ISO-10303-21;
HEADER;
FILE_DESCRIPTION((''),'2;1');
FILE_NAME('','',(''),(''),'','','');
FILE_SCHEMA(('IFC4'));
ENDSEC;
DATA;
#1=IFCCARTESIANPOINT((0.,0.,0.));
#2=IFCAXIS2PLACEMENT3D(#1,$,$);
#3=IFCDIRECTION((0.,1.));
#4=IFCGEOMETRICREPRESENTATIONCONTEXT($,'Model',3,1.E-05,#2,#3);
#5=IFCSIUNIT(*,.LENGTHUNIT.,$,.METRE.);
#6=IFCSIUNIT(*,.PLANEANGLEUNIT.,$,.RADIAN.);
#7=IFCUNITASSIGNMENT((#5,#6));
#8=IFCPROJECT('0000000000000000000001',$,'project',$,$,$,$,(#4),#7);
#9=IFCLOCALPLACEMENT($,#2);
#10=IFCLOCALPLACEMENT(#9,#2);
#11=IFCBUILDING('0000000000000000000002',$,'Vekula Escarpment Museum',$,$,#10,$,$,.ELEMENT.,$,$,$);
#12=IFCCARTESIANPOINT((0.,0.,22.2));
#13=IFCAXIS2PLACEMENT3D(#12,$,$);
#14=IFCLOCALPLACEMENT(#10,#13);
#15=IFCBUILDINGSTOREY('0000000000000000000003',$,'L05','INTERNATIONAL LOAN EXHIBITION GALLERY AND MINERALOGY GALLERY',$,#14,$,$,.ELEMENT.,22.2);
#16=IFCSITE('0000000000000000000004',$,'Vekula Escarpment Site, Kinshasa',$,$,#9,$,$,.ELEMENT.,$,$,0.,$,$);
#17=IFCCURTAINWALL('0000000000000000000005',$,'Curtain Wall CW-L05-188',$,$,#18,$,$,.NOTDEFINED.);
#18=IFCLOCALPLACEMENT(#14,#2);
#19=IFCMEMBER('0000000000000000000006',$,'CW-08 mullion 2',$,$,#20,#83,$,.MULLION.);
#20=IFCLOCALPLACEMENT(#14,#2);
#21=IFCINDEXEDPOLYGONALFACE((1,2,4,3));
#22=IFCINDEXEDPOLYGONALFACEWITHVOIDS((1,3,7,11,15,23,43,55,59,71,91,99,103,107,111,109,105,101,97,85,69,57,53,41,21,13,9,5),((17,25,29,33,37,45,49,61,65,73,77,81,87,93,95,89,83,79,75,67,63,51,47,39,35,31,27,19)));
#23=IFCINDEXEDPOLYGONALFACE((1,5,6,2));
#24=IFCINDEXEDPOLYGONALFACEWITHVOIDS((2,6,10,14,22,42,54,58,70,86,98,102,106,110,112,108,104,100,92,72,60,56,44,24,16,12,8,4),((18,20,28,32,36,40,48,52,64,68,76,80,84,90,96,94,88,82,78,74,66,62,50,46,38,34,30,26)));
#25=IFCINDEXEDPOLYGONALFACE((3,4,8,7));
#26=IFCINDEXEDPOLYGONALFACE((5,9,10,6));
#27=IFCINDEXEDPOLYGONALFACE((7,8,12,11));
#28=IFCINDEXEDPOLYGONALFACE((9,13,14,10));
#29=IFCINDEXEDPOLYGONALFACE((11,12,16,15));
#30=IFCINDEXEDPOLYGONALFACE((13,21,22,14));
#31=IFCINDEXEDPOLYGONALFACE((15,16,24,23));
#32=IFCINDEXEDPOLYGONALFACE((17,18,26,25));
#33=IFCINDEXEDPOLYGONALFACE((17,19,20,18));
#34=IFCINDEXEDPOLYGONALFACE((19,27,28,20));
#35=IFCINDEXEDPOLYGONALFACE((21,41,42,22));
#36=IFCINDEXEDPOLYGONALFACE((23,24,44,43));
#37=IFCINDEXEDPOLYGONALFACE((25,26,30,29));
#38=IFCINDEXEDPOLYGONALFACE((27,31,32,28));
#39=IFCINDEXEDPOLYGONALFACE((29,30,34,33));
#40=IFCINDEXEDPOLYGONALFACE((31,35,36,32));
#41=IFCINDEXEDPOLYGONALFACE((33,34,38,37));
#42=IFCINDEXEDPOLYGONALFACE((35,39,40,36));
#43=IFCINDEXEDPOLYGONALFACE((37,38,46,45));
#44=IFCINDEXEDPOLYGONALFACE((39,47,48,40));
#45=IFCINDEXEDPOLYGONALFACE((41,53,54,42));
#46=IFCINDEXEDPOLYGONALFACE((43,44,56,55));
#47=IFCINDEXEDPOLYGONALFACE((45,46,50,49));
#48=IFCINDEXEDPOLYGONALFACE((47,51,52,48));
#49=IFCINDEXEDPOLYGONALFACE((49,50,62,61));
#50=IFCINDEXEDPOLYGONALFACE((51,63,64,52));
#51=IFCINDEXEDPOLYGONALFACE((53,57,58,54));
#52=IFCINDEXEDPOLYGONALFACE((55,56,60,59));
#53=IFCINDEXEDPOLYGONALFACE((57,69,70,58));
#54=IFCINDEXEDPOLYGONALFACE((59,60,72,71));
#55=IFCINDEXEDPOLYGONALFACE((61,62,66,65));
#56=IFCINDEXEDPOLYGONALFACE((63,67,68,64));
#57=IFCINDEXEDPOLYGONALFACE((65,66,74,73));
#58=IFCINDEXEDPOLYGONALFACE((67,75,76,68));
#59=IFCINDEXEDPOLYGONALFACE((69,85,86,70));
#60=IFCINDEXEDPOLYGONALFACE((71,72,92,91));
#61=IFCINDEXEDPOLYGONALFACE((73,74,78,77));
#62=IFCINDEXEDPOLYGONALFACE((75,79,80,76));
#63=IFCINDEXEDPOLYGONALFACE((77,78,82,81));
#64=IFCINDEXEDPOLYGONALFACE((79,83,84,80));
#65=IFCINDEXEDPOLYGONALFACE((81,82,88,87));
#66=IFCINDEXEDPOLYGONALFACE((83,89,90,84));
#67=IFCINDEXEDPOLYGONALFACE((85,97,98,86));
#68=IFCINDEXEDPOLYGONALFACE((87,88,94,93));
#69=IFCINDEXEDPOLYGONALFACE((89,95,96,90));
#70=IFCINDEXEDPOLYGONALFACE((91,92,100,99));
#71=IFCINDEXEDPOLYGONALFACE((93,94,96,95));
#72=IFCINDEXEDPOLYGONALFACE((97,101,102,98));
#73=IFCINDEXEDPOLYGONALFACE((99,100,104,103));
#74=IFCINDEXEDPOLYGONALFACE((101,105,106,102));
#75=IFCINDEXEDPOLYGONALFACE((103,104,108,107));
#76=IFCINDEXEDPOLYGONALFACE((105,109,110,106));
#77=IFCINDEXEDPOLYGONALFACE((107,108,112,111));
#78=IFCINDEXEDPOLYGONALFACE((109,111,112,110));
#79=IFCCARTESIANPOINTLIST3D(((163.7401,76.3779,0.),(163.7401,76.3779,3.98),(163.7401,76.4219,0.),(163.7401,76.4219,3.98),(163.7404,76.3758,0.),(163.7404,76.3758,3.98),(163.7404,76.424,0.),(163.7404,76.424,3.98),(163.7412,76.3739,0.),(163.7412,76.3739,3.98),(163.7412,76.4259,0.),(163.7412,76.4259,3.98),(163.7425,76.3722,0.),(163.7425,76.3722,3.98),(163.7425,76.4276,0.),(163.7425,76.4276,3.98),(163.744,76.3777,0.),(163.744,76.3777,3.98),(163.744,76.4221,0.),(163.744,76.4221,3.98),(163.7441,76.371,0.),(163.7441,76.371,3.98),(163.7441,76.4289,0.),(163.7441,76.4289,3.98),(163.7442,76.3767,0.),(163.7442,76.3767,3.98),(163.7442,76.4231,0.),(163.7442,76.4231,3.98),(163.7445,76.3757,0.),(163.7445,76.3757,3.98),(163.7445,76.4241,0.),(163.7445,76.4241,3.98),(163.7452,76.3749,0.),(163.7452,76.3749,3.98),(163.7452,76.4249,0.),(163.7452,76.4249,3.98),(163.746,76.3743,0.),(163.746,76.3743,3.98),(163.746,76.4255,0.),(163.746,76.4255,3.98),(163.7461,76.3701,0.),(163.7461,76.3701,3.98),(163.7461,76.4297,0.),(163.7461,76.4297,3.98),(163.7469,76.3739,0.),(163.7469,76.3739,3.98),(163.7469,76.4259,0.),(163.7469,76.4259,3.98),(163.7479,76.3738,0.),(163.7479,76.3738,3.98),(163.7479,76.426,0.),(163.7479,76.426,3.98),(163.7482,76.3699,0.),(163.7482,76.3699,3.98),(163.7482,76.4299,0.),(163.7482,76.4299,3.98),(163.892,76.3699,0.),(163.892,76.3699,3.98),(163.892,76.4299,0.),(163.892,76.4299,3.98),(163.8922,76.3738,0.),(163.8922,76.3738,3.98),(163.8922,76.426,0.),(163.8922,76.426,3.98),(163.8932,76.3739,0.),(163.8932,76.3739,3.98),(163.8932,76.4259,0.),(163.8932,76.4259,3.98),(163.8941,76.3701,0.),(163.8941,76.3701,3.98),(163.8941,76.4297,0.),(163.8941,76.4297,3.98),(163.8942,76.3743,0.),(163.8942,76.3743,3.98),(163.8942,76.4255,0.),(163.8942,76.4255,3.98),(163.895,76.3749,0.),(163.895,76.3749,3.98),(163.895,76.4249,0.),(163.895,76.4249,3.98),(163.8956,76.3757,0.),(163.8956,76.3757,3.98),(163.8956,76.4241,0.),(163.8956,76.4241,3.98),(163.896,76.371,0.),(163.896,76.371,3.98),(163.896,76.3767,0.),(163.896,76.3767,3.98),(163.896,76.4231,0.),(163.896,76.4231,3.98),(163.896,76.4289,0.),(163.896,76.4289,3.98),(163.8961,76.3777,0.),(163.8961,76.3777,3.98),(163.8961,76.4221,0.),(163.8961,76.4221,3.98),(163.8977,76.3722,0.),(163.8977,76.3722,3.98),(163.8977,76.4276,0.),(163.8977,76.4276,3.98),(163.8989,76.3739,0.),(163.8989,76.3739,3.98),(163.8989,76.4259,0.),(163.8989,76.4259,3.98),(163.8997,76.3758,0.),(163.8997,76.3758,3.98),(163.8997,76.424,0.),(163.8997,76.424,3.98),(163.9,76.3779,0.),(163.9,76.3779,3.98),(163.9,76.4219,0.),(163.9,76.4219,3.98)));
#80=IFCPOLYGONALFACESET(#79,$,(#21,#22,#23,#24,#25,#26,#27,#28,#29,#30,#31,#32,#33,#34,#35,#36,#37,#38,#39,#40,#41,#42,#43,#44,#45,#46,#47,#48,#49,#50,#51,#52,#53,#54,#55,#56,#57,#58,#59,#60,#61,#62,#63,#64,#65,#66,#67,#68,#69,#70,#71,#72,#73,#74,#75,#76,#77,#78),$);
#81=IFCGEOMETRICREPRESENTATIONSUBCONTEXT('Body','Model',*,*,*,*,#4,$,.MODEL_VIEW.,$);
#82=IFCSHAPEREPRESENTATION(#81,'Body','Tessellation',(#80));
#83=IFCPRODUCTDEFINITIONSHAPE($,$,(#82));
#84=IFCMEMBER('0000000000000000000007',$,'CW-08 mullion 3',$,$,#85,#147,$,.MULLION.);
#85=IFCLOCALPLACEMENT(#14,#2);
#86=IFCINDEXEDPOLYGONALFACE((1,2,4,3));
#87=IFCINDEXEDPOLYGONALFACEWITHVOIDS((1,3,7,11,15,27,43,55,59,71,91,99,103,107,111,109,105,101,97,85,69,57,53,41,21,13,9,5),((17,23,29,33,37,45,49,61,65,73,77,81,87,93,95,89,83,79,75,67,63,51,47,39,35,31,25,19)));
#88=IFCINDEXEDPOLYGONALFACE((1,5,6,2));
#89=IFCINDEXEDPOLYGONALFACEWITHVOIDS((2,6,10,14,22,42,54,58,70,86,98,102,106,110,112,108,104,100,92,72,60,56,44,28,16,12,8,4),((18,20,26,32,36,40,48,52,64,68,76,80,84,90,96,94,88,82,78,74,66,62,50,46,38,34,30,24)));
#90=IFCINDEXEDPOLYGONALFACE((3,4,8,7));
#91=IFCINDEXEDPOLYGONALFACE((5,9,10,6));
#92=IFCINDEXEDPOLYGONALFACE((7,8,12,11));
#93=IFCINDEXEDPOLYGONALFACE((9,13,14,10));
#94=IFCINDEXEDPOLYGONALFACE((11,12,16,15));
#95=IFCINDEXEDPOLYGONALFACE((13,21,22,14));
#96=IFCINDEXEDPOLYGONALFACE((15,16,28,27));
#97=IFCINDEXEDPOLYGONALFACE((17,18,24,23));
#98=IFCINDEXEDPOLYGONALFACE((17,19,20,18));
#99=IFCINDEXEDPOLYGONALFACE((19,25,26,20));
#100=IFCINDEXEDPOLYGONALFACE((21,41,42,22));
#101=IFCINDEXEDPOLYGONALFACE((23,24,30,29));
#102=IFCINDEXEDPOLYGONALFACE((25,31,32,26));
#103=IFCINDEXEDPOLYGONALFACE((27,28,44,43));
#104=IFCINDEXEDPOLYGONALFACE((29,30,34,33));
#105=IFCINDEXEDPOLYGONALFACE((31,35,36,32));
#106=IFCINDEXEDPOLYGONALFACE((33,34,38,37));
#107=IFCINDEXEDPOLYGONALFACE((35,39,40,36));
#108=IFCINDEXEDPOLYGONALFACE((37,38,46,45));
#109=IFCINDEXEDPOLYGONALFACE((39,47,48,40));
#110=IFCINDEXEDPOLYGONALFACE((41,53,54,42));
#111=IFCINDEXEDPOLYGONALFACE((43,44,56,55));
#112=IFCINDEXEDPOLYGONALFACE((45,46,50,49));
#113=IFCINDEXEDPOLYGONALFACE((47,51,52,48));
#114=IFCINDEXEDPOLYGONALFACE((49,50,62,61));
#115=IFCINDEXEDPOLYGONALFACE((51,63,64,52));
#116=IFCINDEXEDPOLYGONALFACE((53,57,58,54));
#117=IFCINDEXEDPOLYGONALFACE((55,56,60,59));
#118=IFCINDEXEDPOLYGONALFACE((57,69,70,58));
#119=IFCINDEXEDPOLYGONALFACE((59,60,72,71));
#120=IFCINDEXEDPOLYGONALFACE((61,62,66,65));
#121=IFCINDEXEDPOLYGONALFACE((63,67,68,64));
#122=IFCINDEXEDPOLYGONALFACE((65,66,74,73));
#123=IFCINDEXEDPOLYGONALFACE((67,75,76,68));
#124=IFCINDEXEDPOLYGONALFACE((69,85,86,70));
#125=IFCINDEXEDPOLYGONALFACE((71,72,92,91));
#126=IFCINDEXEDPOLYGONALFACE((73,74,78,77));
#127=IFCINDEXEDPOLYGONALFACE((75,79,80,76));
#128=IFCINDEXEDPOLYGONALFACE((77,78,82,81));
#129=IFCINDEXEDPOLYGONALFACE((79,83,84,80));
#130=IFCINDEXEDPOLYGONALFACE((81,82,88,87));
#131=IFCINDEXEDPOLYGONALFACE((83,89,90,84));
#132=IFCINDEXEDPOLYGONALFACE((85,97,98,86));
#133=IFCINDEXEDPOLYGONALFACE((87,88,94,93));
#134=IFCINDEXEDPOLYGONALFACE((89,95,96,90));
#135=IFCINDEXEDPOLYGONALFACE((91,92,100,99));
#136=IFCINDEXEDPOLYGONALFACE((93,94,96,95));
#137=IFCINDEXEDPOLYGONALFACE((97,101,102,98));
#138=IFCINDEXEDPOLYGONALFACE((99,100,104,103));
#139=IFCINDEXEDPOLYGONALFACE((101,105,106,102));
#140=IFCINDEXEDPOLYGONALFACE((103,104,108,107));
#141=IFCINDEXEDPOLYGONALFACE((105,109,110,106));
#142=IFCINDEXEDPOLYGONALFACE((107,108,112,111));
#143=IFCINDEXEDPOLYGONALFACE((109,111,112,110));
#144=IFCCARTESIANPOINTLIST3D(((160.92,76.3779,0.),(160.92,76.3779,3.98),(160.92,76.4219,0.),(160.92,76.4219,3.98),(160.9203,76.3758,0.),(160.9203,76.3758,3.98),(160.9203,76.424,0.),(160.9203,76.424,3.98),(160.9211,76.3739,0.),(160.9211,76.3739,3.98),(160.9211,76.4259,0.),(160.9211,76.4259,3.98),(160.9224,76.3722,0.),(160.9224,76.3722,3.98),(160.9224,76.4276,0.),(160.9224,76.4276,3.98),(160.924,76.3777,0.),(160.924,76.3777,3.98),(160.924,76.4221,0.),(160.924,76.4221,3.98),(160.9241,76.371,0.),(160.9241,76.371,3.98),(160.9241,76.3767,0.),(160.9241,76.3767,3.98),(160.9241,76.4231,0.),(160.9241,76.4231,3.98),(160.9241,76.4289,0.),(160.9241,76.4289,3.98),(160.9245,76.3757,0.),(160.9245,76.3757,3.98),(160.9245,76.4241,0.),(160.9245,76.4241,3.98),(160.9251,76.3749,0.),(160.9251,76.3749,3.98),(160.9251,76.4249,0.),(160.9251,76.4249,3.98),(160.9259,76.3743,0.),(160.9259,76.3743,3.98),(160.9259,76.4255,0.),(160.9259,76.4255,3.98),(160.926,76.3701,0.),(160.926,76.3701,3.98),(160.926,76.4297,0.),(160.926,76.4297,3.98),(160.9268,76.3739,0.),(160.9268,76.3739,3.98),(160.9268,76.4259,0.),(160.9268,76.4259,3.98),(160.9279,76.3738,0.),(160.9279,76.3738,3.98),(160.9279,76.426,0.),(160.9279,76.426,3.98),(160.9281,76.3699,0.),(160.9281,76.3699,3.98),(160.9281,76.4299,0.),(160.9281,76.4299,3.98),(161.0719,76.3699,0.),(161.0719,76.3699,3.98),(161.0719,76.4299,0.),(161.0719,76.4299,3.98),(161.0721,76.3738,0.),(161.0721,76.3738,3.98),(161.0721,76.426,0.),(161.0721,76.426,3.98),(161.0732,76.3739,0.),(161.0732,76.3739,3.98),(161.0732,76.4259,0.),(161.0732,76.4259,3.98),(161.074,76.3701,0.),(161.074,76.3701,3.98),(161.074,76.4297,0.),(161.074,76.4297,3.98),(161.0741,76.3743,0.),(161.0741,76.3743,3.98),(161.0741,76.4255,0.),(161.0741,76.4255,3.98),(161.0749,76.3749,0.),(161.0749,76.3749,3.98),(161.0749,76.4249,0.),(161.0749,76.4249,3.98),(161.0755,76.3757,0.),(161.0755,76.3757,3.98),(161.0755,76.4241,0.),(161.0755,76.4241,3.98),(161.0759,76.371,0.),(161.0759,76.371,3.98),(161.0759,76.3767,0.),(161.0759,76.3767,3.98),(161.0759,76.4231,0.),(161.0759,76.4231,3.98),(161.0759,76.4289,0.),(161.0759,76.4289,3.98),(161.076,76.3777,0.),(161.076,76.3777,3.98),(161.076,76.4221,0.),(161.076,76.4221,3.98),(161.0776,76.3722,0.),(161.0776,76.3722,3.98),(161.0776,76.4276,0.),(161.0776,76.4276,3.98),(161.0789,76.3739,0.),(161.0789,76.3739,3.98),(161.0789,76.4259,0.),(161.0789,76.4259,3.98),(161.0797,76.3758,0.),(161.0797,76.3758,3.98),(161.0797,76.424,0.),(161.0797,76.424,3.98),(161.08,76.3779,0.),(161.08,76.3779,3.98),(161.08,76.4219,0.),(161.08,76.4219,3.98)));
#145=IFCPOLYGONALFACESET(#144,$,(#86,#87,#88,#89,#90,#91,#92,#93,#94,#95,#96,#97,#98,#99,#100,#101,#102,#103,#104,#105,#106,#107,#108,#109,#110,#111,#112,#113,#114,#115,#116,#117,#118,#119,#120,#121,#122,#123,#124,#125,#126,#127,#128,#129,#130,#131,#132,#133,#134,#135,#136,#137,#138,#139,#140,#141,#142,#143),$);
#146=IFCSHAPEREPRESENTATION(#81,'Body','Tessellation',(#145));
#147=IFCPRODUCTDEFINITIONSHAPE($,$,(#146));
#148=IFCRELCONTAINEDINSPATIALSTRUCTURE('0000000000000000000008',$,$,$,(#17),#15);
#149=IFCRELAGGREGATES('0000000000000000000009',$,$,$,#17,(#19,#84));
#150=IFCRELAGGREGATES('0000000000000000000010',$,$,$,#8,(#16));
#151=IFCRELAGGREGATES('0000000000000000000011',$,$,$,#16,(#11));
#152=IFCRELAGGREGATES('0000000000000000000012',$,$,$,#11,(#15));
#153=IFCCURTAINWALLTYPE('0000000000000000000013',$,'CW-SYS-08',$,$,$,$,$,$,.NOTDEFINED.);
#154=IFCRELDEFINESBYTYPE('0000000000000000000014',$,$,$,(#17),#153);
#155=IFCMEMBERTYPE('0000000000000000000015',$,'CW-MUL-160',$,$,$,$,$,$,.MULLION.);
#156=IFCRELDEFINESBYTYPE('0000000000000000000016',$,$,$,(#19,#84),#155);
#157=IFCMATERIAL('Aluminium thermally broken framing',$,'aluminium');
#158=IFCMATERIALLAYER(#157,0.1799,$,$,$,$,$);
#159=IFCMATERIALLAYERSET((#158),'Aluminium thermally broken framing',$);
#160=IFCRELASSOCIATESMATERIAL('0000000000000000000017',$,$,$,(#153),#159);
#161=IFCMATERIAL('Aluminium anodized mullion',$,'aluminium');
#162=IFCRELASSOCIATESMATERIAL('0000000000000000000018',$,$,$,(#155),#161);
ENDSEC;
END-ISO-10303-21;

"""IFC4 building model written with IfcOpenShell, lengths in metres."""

from ifc_helpers import new_model, si_unit, direction, frame, origin, origin_2d, place, context, subcontext, project, spatial, hollow_rectangle, extrude, material, layer, layer_set, material_profile, profile_set, type_object, element, aggregate, save


model = new_model("IFC4")

# Units and contexts
model_context = context("Model", 3, precision=1e-05, world=origin(), true_north=direction((0.0, 1.0)))
body_context = subcontext(model_context, "Body", "Model", "MODEL_VIEW")
ifc_project = project(units=[si_unit("LENGTHUNIT", "METRE"), si_unit("PLANEANGLEUNIT", "RADIAN")], contexts=[model_context])

# Site, building, storey
site_placement = place(None, origin())
site = spatial("IfcSite", under=ifc_project, at=site_placement, Name="Vekula Escarpment Site, Kinshasa", CompositionType="ELEMENT", RefElevation=0.0)
building_placement = place(site_placement, origin())
building = spatial("IfcBuilding", under=site, at=building_placement, Name="Vekula Escarpment Museum", CompositionType="ELEMENT")
storey_placement = place(building_placement, frame((0.0, 0.0, 22.2)))
storey = spatial("IfcBuildingStorey", under=building, at=storey_placement, Name="L05", Description="INTERNATIONAL LOAN EXHIBITION GALLERY AND MINERALOGY GALLERY", CompositionType="ELEMENT", Elevation=22.2)

# Curtain wall, members
ifc_material_1 = material(Name="Aluminium thermally broken framing", Category="aluminium")
ifc_layer_1 = layer(ifc_material_1, 0.1799)
ifc_layer_set_1 = layer_set([ifc_layer_1], Name="Aluminium thermally broken framing")
curtain_wall_type = type_object("IfcCurtainWallType", Name="CW-SYS-08", PredefinedType="NOTDEFINED", material=ifc_layer_set_1)
curtain_wall_placement = place(storey_placement, origin())
curtain_wall = element("IfcCurtainWall", 1, at=curtain_wall_placement, inside=storey, type_object=curtain_wall_type, Name="Curtain Wall CW-L05-188", PredefinedType="NOTDEFINED")
ifc_material_2 = material(Name="Aluminium anodized mullion", Category="aluminium")
ifc_material_profile_1 = material_profile(ifc_material_2, hollow_rectangle(XDim=0.0601, YDim=0.1599, WallThickness=0.0039, InnerFilletRadius=0.0039, OuterFilletRadius=0.0081, at=origin_2d()), Name="ALU 160x60x4")
ifc_profile_set_1 = profile_set([ifc_material_profile_1], Name="Aluminium anodized mullion")
member_type_1 = type_object("IfcMemberType", Name="CW-MUL-160", PredefinedType="MULLION", material=ifc_profile_set_1)
member_1_placement = place(storey_placement, frame((163.8201, 76.3999, 0.0), z_axis=(0.0, 0.0, 1.0), x_axis=(0.0, -1.0, 0.0)))
member_1 = element("IfcMember", 2, at=member_1_placement, type_object=member_type_1, Name="CW-08 mullion 2", PredefinedType="MULLION", context=body_context, shape_type="SweptSolid", body=[
    extrude(hollow_rectangle(XDim=0.0601, YDim=0.1599, WallThickness=0.0039, InnerFilletRadius=0.0039, OuterFilletRadius=0.0081, at=origin_2d()), origin(), (0.0, 0.0, 1.0), 3.98),
])
member_2_placement = place(storey_placement, frame((161.0, 76.3999, 0.0), z_axis=(0.0, 0.0, 1.0), x_axis=(0.0, -1.0, 0.0)))
member_2 = element("IfcMember", 3, at=member_2_placement, type_object=member_type_1, Name="CW-08 mullion 3", PredefinedType="MULLION", context=body_context, shape_type="SweptSolid", body=[
    extrude(hollow_rectangle(XDim=0.0601, YDim=0.1599, WallThickness=0.0039, InnerFilletRadius=0.0039, OuterFilletRadius=0.0081, at=origin_2d()), origin(), (0.0, 0.0, 1.0), 3.98),
])
aggregate(curtain_wall, [member_1, member_2])

save(model, "model.ifc")
